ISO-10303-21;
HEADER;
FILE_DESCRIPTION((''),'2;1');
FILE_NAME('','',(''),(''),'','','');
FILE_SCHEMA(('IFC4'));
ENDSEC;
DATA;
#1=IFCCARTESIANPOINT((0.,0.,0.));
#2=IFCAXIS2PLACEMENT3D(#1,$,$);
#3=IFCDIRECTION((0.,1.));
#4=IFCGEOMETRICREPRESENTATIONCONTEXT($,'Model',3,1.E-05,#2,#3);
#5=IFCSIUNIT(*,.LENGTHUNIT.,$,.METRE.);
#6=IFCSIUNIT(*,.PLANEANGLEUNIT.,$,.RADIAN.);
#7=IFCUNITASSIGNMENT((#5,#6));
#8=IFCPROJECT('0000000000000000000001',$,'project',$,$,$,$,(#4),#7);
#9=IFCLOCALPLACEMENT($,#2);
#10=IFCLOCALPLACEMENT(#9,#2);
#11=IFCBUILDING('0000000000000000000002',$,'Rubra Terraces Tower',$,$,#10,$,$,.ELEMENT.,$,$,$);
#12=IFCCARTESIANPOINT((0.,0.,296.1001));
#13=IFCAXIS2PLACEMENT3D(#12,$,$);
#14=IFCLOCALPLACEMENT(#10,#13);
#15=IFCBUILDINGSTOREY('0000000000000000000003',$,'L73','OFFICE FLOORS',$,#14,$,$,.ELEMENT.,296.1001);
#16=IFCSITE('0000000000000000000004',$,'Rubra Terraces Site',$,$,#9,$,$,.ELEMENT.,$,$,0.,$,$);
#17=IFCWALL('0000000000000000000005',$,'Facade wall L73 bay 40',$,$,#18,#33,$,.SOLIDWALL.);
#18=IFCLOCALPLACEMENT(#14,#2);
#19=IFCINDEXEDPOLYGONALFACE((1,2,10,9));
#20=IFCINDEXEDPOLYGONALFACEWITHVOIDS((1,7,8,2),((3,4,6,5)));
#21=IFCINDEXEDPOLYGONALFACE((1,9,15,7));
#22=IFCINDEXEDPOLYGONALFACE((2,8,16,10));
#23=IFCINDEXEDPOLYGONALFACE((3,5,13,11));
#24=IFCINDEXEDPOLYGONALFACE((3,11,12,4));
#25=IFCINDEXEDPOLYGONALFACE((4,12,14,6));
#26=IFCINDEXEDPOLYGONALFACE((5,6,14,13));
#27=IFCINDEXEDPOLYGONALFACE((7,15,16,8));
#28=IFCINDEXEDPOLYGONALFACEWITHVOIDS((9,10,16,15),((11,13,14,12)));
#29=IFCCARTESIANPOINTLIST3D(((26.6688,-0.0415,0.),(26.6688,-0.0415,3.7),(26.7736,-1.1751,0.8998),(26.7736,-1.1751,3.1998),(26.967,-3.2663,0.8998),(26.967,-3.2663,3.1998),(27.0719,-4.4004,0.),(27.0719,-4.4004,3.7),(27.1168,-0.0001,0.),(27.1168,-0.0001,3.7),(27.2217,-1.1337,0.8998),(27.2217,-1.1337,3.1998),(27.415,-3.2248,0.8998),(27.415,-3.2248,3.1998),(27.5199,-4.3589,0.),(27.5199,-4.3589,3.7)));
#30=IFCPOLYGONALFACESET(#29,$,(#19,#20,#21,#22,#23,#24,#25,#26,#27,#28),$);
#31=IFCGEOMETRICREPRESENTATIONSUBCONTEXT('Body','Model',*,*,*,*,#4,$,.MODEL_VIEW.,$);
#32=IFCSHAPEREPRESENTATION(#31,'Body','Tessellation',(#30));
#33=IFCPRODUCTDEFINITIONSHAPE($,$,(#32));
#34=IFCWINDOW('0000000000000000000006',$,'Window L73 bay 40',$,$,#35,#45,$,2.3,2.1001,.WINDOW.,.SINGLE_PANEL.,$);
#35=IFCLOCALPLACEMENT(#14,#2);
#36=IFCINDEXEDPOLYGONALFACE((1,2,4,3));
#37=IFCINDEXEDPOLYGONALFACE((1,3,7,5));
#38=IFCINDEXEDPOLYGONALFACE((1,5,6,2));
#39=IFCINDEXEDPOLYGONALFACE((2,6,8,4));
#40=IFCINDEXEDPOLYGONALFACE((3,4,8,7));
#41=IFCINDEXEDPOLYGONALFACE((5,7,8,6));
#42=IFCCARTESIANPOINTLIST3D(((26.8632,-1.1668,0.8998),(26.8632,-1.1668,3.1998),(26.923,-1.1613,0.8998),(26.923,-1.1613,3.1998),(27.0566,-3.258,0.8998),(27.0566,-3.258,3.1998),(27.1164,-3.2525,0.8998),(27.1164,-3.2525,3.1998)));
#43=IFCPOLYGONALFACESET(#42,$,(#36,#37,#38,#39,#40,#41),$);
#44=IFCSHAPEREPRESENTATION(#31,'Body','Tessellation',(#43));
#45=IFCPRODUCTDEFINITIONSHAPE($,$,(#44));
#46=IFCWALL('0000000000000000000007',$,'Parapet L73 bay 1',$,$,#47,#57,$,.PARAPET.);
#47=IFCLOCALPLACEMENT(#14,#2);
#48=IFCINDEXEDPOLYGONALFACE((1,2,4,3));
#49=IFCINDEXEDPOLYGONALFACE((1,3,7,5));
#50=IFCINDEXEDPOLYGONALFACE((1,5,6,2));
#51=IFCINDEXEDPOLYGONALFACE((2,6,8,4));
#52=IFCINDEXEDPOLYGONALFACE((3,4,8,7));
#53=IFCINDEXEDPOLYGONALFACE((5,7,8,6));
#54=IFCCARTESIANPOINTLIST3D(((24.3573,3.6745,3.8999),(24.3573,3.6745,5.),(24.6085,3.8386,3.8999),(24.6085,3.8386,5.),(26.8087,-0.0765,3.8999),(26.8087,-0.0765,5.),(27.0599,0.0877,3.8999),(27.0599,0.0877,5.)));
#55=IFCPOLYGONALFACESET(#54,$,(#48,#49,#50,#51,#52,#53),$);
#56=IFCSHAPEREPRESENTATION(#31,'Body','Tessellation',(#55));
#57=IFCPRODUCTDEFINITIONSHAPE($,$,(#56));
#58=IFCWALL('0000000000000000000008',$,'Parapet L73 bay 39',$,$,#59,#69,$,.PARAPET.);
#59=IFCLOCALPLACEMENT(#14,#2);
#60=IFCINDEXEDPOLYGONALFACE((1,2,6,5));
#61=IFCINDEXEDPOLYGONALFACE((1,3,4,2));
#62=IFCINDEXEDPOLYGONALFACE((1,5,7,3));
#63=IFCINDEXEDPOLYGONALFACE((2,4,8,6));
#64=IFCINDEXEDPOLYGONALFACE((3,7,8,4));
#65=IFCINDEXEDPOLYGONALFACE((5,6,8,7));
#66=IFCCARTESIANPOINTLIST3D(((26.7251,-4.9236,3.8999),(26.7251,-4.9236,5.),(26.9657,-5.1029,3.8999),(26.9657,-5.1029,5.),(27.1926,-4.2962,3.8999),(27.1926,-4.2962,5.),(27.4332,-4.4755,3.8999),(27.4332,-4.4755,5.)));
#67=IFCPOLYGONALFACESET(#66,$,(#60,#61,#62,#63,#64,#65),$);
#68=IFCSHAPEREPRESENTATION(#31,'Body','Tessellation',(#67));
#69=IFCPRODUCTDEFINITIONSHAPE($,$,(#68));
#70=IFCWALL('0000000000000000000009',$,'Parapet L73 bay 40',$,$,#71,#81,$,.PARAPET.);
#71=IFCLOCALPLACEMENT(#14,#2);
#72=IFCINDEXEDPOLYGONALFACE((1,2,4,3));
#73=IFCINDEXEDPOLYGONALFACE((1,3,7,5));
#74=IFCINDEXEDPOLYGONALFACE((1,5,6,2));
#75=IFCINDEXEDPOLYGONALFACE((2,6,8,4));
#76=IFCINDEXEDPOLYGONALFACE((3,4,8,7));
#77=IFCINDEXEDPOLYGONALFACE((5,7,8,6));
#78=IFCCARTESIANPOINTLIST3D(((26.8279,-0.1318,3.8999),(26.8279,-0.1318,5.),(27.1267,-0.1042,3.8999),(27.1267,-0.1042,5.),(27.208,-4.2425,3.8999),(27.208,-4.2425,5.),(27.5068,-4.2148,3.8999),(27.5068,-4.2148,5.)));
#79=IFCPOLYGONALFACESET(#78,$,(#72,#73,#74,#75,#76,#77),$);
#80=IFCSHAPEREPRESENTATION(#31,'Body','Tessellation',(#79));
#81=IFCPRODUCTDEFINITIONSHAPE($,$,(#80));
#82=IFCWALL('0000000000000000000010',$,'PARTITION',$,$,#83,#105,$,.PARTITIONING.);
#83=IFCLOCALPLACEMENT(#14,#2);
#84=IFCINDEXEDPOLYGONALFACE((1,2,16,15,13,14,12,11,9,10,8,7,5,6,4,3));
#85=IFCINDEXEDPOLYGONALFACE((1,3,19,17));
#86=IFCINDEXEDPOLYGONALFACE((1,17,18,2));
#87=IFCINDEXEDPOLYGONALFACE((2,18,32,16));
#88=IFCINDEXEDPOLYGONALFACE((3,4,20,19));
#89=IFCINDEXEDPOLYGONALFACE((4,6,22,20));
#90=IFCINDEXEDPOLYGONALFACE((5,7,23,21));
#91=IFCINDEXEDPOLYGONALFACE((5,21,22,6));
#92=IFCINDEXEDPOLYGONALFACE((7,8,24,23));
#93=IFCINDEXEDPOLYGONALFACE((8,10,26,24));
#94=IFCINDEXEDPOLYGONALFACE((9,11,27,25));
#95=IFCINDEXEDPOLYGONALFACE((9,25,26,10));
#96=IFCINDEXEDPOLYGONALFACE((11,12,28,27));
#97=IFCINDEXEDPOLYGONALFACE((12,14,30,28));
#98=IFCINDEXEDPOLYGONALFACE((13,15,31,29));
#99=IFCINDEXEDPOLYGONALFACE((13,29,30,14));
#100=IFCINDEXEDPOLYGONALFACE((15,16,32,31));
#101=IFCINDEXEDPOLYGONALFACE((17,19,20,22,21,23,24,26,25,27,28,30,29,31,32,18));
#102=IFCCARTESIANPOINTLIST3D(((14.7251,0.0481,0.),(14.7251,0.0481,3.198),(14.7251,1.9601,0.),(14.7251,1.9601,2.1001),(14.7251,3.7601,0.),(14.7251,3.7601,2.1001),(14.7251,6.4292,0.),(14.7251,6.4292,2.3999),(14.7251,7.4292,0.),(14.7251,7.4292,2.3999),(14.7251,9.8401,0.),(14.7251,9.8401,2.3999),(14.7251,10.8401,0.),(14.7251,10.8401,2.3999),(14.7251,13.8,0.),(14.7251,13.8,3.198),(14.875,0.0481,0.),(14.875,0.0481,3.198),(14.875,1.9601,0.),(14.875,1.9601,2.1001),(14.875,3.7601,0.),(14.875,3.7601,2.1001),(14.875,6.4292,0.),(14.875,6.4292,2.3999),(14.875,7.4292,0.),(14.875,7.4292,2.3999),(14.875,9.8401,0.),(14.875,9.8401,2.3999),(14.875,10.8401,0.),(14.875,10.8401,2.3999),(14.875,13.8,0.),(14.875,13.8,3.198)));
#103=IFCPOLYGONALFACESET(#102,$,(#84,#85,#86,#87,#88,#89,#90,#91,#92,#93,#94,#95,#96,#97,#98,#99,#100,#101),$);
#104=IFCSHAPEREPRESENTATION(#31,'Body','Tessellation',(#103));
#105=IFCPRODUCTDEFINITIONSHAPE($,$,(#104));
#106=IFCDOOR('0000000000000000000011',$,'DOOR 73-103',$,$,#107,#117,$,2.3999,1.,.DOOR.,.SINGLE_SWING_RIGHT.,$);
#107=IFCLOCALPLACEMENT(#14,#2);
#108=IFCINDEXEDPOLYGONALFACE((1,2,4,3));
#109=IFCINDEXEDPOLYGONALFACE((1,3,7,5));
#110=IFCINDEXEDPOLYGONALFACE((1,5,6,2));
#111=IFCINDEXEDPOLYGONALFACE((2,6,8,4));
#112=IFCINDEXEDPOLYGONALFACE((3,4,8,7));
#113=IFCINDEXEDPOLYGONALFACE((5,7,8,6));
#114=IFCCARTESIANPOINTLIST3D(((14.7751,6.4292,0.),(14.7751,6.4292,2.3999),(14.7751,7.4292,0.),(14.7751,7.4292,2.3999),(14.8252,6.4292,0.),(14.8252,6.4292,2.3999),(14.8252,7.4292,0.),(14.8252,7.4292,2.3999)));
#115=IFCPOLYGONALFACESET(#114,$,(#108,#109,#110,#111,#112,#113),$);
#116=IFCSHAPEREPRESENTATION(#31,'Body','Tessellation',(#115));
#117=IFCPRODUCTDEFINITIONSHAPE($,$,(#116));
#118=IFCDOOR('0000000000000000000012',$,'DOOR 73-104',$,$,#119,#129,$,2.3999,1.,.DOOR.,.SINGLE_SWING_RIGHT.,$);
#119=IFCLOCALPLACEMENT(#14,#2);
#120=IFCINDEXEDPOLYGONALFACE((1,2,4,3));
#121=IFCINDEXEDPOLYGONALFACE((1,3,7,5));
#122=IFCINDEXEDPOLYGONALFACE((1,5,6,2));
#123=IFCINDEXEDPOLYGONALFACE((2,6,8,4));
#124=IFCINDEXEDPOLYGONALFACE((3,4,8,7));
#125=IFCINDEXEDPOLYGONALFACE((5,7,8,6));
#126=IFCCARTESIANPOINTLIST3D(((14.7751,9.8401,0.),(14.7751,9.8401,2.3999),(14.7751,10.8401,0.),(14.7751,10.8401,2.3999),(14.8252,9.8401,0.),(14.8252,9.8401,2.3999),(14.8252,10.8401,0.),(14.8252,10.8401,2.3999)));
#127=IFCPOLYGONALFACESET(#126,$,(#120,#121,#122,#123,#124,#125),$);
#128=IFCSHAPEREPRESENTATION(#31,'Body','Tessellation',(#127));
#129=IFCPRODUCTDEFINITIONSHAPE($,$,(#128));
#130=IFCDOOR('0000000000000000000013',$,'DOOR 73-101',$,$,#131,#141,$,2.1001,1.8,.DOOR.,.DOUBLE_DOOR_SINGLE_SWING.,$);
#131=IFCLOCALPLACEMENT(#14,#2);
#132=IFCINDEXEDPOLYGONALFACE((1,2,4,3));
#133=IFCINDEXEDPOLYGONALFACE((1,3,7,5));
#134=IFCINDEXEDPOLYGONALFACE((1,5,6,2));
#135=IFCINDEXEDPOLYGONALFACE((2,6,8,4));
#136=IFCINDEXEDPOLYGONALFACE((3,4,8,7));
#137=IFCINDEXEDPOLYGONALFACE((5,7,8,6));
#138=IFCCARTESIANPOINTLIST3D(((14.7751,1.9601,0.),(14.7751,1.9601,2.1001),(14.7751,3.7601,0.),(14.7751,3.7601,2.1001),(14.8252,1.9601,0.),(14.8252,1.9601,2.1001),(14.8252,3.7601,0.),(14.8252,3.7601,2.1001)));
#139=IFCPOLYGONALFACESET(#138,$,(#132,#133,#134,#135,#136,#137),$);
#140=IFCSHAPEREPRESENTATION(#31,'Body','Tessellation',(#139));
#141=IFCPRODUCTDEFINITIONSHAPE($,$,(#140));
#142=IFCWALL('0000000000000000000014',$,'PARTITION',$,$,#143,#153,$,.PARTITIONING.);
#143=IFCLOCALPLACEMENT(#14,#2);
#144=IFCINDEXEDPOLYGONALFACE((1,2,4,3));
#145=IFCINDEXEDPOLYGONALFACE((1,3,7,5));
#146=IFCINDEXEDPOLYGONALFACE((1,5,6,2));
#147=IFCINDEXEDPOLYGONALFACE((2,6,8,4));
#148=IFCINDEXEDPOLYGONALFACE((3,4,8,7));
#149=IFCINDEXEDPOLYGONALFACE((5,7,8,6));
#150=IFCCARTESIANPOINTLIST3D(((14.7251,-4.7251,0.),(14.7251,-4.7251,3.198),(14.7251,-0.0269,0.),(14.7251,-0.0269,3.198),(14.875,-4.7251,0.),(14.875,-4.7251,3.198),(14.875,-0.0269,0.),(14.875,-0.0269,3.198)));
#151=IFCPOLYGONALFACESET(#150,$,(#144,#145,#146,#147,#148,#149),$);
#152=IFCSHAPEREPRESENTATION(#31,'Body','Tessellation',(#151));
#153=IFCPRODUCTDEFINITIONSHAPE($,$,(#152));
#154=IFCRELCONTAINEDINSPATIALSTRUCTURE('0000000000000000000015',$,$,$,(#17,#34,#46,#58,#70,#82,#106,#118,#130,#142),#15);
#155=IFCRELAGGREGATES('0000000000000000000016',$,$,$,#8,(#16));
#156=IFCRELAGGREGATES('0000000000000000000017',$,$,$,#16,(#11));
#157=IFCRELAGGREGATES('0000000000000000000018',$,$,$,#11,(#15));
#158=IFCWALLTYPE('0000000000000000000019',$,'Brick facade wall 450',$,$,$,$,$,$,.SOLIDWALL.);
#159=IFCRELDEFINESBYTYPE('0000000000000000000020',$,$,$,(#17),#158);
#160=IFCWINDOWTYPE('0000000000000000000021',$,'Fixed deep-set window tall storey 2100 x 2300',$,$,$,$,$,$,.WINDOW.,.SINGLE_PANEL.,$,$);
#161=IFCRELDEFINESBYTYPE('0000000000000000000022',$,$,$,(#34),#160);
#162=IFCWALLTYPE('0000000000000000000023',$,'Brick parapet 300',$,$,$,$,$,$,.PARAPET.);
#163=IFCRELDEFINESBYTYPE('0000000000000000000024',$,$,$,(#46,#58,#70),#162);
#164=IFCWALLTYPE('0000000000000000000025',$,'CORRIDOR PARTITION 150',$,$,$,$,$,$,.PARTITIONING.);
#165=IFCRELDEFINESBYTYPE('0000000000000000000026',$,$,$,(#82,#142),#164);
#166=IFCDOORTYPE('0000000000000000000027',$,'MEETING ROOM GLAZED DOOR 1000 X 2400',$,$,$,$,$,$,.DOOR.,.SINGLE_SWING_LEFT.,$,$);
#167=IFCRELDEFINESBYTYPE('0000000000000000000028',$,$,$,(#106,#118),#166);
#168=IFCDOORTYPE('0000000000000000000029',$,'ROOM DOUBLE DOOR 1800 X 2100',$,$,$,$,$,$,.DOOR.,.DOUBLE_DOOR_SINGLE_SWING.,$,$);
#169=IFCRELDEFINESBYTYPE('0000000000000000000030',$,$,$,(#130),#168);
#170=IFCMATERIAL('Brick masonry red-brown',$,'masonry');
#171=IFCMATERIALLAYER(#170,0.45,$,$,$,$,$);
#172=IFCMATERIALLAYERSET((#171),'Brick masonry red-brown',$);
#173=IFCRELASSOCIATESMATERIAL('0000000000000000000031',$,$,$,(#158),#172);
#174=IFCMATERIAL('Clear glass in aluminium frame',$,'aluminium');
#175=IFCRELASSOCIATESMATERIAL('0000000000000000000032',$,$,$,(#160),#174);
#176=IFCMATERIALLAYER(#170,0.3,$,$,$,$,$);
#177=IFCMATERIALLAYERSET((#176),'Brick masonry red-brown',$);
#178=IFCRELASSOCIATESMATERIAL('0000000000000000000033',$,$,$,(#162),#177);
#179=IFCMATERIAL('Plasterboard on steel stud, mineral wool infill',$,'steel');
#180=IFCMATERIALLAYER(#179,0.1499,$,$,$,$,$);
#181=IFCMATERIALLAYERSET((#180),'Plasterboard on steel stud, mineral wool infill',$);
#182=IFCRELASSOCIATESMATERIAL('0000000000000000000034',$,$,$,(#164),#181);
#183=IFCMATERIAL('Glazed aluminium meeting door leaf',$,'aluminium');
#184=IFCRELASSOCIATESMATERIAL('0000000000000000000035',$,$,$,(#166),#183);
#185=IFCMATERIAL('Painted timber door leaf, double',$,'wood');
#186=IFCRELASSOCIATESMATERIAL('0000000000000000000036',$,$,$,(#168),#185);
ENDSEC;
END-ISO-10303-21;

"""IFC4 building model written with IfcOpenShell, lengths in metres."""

from ifc_helpers import new_model, si_unit, direction, frame, frame_2d, origin, place, context, subcontext, project, spatial, rectangle, extrude, material, layer, layer_set, type_object, element, fill, save


model = new_model("IFC4")

# Units and contexts
model_context = context("Model", 3, precision=1e-05, world=origin(), true_north=direction((0.0, 1.0)))
body_context = subcontext(model_context, "Body", "Model", "MODEL_VIEW")
ifc_project = project(units=[si_unit("LENGTHUNIT", "METRE"), si_unit("PLANEANGLEUNIT", "RADIAN")], contexts=[model_context])

# Site, building, storey
site_placement = place(None, origin())
site = spatial("IfcSite", under=ifc_project, at=site_placement, Name="Rubra Terraces Site", CompositionType="ELEMENT", RefElevation=0.0)
building_placement = place(site_placement, origin())
building = spatial("IfcBuilding", under=site, at=building_placement, Name="Rubra Terraces Tower", CompositionType="ELEMENT")
storey_placement = place(building_placement, frame((0.0, 0.0, 296.1001)))
storey = spatial("IfcBuildingStorey", under=building, at=storey_placement, Name="L73", Description="OFFICE FLOORS", CompositionType="ELEMENT", Elevation=296.1001)

# Wall, opening, window
ifc_material_1 = material(Name="Brick masonry red-brown", Category="masonry")
ifc_layer_1 = layer(ifc_material_1, 0.45)
ifc_layer_set_1 = layer_set([ifc_layer_1], Name="Brick masonry red-brown")
wall_type_1 = type_object("IfcWallType", Name="Brick facade wall 450", PredefinedType="SOLIDWALL", material=ifc_layer_set_1)
ifc_material_2 = material(Name="Clear glass in aluminium frame", Category="aluminium")
window_type = type_object("IfcWindowType", Name="Fixed deep-set window tall storey 2100 x 2300", PartitioningType="SINGLE_PANEL", PredefinedType="WINDOW", material=ifc_material_2)
wall_1_placement = place(storey_placement, frame((27.2959, -4.3796, 0.0), z_axis=(0.0, 0.0, 1.0), x_axis=(-0.092079, 0.995752, 0.0)))
wall_1 = element("IfcWall", 1, at=wall_1_placement, inside=storey, type_object=wall_type_1, Name="Facade wall L73 bay 40", PredefinedType="SOLIDWALL", context=body_context, shape_type="SweptSolid", body=[
    extrude(rectangle(XDim=4.3774, YDim=0.45, at=frame_2d((2.1887, 0.0))), origin(), (0.0, 0.0, 1.0), 3.7),
])
opening_1_placement = place(wall_1_placement, frame((1.1389, 0.0, 0.8999)))
opening_1 = element("IfcOpeningElement", 2, at=opening_1_placement, cuts=wall_1, PredefinedType="OPENING", context=body_context, shape_type="SweptSolid", body=[
    extrude(rectangle(XDim=2.1001, YDim=2.3, at=frame_2d((1.05, 1.1499))), frame((0.0, 0.2349, 0.0), z_axis=(0.0, -1.0, 0.0), x_axis=(1.0, 0.0, 0.0)), (0.0, 0.0, 1.0), 0.47),
])
window_1_placement = place(opening_1_placement, origin())
window_1 = element("IfcWindow", 3, at=window_1_placement, inside=storey, type_object=window_type, Name="Window L73 bay 40", OverallHeight=2.3, OverallWidth=2.1001, PartitioningType="SINGLE_PANEL", PredefinedType="WINDOW", context=body_context, shape_type="SweptSolid", body=[
    extrude(rectangle(XDim=2.1001, YDim=2.3, at=frame_2d((1.05, 1.1499))), frame((0.0, 0.135, 0.0), z_axis=(0.0, -1.0, 0.0), x_axis=(1.0, 0.0, 0.0)), (0.0, 0.0, 1.0), 0.0601),
])
fill(opening_1, window_1)

# Walls
ifc_layer_2 = layer(ifc_material_1, 0.3)
ifc_layer_set_2 = layer_set([ifc_layer_2], Name="Brick masonry red-brown")
wall_type_2 = type_object("IfcWallType", Name="Brick parapet 300", PredefinedType="PARAPET", material=ifc_layer_set_2)
wall_2_placement = place(storey_placement, frame((26.9343, 0.0056, 3.8999), z_axis=(0.0, 0.0, 1.0), x_axis=(-0.54707, 0.837087, 0.0)))
element("IfcWall", 4, at=wall_2_placement, inside=storey, type_object=wall_type_2, Name="Parapet L73 bay 1", PredefinedType="PARAPET", context=body_context, shape_type="SweptSolid", body=[
    extrude(rectangle(XDim=4.481, YDim=0.3, at=frame_2d((2.2405, 0.0))), origin(), (0.0, 0.0, 1.0), 1.1001),
])
wall_3_placement = place(storey_placement, frame((26.8455, -5.0132, 3.8999), z_axis=(0.0, 0.0, 1.0), x_axis=(0.597501, 0.801868, 0.0)))
element("IfcWall", 5, at=wall_3_placement, inside=storey, type_object=wall_type_2, Name="Parapet L73 bay 39", PredefinedType="PARAPET", context=body_context, shape_type="SweptSolid", body=[
    extrude(rectangle(XDim=0.7825, YDim=0.3, at=frame_2d((0.3911, 0.0))), origin(), (0.0, 0.0, 1.0), 1.1001),
])
wall_4_placement = place(storey_placement, frame((27.3574, -4.2285, 3.8999), z_axis=(0.0, 0.0, 1.0), x_axis=(-0.092082, 0.995751, 0.0)))
element("IfcWall", 6, at=wall_4_placement, inside=storey, type_object=wall_type_2, Name="Parapet L73 bay 40", PredefinedType="PARAPET", context=body_context, shape_type="SweptSolid", body=[
    extrude(rectangle(XDim=4.1282, YDim=0.3, at=frame_2d((2.064, 0.0))), origin(), (0.0, 0.0, 1.0), 1.1001),
])

# Wall, openings, doors
ifc_material_3 = material(Name="Plasterboard on steel stud, mineral wool infill", Category="steel")
ifc_layer_3 = layer(ifc_material_3, 0.1499)
ifc_layer_set_3 = layer_set([ifc_layer_3], Name="Plasterboard on steel stud, mineral wool infill")
wall_type_3 = type_object("IfcWallType", Name="CORRIDOR PARTITION 150", PredefinedType="PARTITIONING", material=ifc_layer_set_3)
wall_5_placement = place(storey_placement, frame((14.8, 0.0481, 0.0), z_axis=(0.0, 0.0, 1.0), x_axis=(0.0, 1.0, 0.0)))
wall_5 = element("IfcWall", 7, at=wall_5_placement, inside=storey, type_object=wall_type_3, Name="PARTITION", PredefinedType="PARTITIONING", context=body_context, shape_type="SweptSolid", body=[
    extrude(rectangle(XDim=13.752, YDim=0.1499, at=frame_2d((6.876, 0.0))), origin(), (0.0, 0.0, 1.0), 3.198),
])
opening_2_placement = place(wall_5_placement, frame((1.9121, 0.0, 0.0)))
opening_2 = element("IfcOpeningElement", 8, at=opening_2_placement, cuts=wall_5, PredefinedType="OPENING", context=body_context, shape_type="SweptSolid", body=[
    extrude(rectangle(XDim=1.8, YDim=2.1001, at=frame_2d((0.8999, 1.05))), frame((0.0, 0.085, 0.0), z_axis=(0.0, -1.0, 0.0), x_axis=(1.0, 0.0, 0.0)), (0.0, 0.0, 1.0), 0.1699),
])
opening_3_placement = place(wall_5_placement, frame((6.3811, 0.0, 0.0)))
opening_3 = element("IfcOpeningElement", 9, at=opening_3_placement, cuts=wall_5, PredefinedType="OPENING", context=body_context, shape_type="SweptSolid", body=[
    extrude(rectangle(XDim=1.0, YDim=2.3999, at=frame_2d((0.5, 1.2))), frame((0.0, 0.085, 0.0), z_axis=(0.0, -1.0, 0.0), x_axis=(1.0, 0.0, 0.0)), (0.0, 0.0, 1.0), 0.1699),
])
opening_4_placement = place(wall_5_placement, frame((9.792, 0.0, 0.0)))
opening_4 = element("IfcOpeningElement", 10, at=opening_4_placement, cuts=wall_5, PredefinedType="OPENING", context=body_context, shape_type="SweptSolid", body=[
    extrude(rectangle(XDim=1.0, YDim=2.3999, at=frame_2d((0.5, 1.2))), frame((0.0, 0.085, 0.0), z_axis=(0.0, -1.0, 0.0), x_axis=(1.0, 0.0, 0.0)), (0.0, 0.0, 1.0), 0.1699),
])
ifc_material_4 = material(Name="Glazed aluminium meeting door leaf", Category="aluminium")
door_type_1 = type_object("IfcDoorType", Name="MEETING ROOM GLAZED DOOR 1000 X 2400", OperationType="SINGLE_SWING_LEFT", PredefinedType="DOOR", material=ifc_material_4)
door_1_placement = place(opening_3_placement, origin())
door_1 = element("IfcDoor", 11, at=door_1_placement, inside=storey, type_object=door_type_1, Name="DOOR 73-103", OperationType="SINGLE_SWING_RIGHT", OverallHeight=2.3999, OverallWidth=1.0, PredefinedType="DOOR", context=body_context, shape_type="SweptSolid", body=[
    extrude(rectangle(XDim=1.0, YDim=2.3999, at=frame_2d((0.5, 1.2))), frame((0.0, 0.0249, 0.0), z_axis=(0.0, -1.0, 0.0), x_axis=(1.0, 0.0, 0.0)), (0.0, 0.0, 1.0), 0.05),
])
fill(opening_3, door_1)
door_2_placement = place(opening_4_placement, origin())
door_2 = element("IfcDoor", 12, at=door_2_placement, inside=storey, type_object=door_type_1, Name="DOOR 73-104", OperationType="SINGLE_SWING_RIGHT", OverallHeight=2.3999, OverallWidth=1.0, PredefinedType="DOOR", context=body_context, shape_type="SweptSolid", body=[
    extrude(rectangle(XDim=1.0, YDim=2.3999, at=frame_2d((0.5, 1.2))), frame((0.0, 0.0249, 0.0), z_axis=(0.0, -1.0, 0.0), x_axis=(1.0, 0.0, 0.0)), (0.0, 0.0, 1.0), 0.05),
])
fill(opening_4, door_2)
ifc_material_5 = material(Name="Painted timber door leaf, double", Category="wood")
door_type_2 = type_object("IfcDoorType", Name="ROOM DOUBLE DOOR 1800 X 2100", OperationType="DOUBLE_DOOR_SINGLE_SWING", PredefinedType="DOOR", material=ifc_material_5)
door_3_placement = place(opening_2_placement, origin())
door_3 = element("IfcDoor", 13, at=door_3_placement, inside=storey, type_object=door_type_2, Name="DOOR 73-101", OperationType="DOUBLE_DOOR_SINGLE_SWING", OverallHeight=2.1001, OverallWidth=1.8, PredefinedType="DOOR", context=body_context, shape_type="SweptSolid", body=[
    extrude(rectangle(XDim=1.8, YDim=2.1001, at=frame_2d((0.8999, 1.05))), frame((0.0, 0.0249, 0.0), z_axis=(0.0, -1.0, 0.0), x_axis=(1.0, 0.0, 0.0)), (0.0, 0.0, 1.0), 0.05),
])
fill(opening_2, door_3)

# Wall
wall_6_placement = place(storey_placement, frame((14.8, -4.7251, 0.0), z_axis=(0.0, 0.0, 1.0), x_axis=(0.0, 1.0, 0.0)))
element("IfcWall", 14, at=wall_6_placement, inside=storey, type_object=wall_type_3, Name="PARTITION", PredefinedType="PARTITIONING", context=body_context, shape_type="SweptSolid", body=[
    extrude(rectangle(XDim=4.6982, YDim=0.1499, at=frame_2d((2.3491, 0.0))), origin(), (0.0, 0.0, 1.0), 3.198),
])

save(model, "model.ifc")
